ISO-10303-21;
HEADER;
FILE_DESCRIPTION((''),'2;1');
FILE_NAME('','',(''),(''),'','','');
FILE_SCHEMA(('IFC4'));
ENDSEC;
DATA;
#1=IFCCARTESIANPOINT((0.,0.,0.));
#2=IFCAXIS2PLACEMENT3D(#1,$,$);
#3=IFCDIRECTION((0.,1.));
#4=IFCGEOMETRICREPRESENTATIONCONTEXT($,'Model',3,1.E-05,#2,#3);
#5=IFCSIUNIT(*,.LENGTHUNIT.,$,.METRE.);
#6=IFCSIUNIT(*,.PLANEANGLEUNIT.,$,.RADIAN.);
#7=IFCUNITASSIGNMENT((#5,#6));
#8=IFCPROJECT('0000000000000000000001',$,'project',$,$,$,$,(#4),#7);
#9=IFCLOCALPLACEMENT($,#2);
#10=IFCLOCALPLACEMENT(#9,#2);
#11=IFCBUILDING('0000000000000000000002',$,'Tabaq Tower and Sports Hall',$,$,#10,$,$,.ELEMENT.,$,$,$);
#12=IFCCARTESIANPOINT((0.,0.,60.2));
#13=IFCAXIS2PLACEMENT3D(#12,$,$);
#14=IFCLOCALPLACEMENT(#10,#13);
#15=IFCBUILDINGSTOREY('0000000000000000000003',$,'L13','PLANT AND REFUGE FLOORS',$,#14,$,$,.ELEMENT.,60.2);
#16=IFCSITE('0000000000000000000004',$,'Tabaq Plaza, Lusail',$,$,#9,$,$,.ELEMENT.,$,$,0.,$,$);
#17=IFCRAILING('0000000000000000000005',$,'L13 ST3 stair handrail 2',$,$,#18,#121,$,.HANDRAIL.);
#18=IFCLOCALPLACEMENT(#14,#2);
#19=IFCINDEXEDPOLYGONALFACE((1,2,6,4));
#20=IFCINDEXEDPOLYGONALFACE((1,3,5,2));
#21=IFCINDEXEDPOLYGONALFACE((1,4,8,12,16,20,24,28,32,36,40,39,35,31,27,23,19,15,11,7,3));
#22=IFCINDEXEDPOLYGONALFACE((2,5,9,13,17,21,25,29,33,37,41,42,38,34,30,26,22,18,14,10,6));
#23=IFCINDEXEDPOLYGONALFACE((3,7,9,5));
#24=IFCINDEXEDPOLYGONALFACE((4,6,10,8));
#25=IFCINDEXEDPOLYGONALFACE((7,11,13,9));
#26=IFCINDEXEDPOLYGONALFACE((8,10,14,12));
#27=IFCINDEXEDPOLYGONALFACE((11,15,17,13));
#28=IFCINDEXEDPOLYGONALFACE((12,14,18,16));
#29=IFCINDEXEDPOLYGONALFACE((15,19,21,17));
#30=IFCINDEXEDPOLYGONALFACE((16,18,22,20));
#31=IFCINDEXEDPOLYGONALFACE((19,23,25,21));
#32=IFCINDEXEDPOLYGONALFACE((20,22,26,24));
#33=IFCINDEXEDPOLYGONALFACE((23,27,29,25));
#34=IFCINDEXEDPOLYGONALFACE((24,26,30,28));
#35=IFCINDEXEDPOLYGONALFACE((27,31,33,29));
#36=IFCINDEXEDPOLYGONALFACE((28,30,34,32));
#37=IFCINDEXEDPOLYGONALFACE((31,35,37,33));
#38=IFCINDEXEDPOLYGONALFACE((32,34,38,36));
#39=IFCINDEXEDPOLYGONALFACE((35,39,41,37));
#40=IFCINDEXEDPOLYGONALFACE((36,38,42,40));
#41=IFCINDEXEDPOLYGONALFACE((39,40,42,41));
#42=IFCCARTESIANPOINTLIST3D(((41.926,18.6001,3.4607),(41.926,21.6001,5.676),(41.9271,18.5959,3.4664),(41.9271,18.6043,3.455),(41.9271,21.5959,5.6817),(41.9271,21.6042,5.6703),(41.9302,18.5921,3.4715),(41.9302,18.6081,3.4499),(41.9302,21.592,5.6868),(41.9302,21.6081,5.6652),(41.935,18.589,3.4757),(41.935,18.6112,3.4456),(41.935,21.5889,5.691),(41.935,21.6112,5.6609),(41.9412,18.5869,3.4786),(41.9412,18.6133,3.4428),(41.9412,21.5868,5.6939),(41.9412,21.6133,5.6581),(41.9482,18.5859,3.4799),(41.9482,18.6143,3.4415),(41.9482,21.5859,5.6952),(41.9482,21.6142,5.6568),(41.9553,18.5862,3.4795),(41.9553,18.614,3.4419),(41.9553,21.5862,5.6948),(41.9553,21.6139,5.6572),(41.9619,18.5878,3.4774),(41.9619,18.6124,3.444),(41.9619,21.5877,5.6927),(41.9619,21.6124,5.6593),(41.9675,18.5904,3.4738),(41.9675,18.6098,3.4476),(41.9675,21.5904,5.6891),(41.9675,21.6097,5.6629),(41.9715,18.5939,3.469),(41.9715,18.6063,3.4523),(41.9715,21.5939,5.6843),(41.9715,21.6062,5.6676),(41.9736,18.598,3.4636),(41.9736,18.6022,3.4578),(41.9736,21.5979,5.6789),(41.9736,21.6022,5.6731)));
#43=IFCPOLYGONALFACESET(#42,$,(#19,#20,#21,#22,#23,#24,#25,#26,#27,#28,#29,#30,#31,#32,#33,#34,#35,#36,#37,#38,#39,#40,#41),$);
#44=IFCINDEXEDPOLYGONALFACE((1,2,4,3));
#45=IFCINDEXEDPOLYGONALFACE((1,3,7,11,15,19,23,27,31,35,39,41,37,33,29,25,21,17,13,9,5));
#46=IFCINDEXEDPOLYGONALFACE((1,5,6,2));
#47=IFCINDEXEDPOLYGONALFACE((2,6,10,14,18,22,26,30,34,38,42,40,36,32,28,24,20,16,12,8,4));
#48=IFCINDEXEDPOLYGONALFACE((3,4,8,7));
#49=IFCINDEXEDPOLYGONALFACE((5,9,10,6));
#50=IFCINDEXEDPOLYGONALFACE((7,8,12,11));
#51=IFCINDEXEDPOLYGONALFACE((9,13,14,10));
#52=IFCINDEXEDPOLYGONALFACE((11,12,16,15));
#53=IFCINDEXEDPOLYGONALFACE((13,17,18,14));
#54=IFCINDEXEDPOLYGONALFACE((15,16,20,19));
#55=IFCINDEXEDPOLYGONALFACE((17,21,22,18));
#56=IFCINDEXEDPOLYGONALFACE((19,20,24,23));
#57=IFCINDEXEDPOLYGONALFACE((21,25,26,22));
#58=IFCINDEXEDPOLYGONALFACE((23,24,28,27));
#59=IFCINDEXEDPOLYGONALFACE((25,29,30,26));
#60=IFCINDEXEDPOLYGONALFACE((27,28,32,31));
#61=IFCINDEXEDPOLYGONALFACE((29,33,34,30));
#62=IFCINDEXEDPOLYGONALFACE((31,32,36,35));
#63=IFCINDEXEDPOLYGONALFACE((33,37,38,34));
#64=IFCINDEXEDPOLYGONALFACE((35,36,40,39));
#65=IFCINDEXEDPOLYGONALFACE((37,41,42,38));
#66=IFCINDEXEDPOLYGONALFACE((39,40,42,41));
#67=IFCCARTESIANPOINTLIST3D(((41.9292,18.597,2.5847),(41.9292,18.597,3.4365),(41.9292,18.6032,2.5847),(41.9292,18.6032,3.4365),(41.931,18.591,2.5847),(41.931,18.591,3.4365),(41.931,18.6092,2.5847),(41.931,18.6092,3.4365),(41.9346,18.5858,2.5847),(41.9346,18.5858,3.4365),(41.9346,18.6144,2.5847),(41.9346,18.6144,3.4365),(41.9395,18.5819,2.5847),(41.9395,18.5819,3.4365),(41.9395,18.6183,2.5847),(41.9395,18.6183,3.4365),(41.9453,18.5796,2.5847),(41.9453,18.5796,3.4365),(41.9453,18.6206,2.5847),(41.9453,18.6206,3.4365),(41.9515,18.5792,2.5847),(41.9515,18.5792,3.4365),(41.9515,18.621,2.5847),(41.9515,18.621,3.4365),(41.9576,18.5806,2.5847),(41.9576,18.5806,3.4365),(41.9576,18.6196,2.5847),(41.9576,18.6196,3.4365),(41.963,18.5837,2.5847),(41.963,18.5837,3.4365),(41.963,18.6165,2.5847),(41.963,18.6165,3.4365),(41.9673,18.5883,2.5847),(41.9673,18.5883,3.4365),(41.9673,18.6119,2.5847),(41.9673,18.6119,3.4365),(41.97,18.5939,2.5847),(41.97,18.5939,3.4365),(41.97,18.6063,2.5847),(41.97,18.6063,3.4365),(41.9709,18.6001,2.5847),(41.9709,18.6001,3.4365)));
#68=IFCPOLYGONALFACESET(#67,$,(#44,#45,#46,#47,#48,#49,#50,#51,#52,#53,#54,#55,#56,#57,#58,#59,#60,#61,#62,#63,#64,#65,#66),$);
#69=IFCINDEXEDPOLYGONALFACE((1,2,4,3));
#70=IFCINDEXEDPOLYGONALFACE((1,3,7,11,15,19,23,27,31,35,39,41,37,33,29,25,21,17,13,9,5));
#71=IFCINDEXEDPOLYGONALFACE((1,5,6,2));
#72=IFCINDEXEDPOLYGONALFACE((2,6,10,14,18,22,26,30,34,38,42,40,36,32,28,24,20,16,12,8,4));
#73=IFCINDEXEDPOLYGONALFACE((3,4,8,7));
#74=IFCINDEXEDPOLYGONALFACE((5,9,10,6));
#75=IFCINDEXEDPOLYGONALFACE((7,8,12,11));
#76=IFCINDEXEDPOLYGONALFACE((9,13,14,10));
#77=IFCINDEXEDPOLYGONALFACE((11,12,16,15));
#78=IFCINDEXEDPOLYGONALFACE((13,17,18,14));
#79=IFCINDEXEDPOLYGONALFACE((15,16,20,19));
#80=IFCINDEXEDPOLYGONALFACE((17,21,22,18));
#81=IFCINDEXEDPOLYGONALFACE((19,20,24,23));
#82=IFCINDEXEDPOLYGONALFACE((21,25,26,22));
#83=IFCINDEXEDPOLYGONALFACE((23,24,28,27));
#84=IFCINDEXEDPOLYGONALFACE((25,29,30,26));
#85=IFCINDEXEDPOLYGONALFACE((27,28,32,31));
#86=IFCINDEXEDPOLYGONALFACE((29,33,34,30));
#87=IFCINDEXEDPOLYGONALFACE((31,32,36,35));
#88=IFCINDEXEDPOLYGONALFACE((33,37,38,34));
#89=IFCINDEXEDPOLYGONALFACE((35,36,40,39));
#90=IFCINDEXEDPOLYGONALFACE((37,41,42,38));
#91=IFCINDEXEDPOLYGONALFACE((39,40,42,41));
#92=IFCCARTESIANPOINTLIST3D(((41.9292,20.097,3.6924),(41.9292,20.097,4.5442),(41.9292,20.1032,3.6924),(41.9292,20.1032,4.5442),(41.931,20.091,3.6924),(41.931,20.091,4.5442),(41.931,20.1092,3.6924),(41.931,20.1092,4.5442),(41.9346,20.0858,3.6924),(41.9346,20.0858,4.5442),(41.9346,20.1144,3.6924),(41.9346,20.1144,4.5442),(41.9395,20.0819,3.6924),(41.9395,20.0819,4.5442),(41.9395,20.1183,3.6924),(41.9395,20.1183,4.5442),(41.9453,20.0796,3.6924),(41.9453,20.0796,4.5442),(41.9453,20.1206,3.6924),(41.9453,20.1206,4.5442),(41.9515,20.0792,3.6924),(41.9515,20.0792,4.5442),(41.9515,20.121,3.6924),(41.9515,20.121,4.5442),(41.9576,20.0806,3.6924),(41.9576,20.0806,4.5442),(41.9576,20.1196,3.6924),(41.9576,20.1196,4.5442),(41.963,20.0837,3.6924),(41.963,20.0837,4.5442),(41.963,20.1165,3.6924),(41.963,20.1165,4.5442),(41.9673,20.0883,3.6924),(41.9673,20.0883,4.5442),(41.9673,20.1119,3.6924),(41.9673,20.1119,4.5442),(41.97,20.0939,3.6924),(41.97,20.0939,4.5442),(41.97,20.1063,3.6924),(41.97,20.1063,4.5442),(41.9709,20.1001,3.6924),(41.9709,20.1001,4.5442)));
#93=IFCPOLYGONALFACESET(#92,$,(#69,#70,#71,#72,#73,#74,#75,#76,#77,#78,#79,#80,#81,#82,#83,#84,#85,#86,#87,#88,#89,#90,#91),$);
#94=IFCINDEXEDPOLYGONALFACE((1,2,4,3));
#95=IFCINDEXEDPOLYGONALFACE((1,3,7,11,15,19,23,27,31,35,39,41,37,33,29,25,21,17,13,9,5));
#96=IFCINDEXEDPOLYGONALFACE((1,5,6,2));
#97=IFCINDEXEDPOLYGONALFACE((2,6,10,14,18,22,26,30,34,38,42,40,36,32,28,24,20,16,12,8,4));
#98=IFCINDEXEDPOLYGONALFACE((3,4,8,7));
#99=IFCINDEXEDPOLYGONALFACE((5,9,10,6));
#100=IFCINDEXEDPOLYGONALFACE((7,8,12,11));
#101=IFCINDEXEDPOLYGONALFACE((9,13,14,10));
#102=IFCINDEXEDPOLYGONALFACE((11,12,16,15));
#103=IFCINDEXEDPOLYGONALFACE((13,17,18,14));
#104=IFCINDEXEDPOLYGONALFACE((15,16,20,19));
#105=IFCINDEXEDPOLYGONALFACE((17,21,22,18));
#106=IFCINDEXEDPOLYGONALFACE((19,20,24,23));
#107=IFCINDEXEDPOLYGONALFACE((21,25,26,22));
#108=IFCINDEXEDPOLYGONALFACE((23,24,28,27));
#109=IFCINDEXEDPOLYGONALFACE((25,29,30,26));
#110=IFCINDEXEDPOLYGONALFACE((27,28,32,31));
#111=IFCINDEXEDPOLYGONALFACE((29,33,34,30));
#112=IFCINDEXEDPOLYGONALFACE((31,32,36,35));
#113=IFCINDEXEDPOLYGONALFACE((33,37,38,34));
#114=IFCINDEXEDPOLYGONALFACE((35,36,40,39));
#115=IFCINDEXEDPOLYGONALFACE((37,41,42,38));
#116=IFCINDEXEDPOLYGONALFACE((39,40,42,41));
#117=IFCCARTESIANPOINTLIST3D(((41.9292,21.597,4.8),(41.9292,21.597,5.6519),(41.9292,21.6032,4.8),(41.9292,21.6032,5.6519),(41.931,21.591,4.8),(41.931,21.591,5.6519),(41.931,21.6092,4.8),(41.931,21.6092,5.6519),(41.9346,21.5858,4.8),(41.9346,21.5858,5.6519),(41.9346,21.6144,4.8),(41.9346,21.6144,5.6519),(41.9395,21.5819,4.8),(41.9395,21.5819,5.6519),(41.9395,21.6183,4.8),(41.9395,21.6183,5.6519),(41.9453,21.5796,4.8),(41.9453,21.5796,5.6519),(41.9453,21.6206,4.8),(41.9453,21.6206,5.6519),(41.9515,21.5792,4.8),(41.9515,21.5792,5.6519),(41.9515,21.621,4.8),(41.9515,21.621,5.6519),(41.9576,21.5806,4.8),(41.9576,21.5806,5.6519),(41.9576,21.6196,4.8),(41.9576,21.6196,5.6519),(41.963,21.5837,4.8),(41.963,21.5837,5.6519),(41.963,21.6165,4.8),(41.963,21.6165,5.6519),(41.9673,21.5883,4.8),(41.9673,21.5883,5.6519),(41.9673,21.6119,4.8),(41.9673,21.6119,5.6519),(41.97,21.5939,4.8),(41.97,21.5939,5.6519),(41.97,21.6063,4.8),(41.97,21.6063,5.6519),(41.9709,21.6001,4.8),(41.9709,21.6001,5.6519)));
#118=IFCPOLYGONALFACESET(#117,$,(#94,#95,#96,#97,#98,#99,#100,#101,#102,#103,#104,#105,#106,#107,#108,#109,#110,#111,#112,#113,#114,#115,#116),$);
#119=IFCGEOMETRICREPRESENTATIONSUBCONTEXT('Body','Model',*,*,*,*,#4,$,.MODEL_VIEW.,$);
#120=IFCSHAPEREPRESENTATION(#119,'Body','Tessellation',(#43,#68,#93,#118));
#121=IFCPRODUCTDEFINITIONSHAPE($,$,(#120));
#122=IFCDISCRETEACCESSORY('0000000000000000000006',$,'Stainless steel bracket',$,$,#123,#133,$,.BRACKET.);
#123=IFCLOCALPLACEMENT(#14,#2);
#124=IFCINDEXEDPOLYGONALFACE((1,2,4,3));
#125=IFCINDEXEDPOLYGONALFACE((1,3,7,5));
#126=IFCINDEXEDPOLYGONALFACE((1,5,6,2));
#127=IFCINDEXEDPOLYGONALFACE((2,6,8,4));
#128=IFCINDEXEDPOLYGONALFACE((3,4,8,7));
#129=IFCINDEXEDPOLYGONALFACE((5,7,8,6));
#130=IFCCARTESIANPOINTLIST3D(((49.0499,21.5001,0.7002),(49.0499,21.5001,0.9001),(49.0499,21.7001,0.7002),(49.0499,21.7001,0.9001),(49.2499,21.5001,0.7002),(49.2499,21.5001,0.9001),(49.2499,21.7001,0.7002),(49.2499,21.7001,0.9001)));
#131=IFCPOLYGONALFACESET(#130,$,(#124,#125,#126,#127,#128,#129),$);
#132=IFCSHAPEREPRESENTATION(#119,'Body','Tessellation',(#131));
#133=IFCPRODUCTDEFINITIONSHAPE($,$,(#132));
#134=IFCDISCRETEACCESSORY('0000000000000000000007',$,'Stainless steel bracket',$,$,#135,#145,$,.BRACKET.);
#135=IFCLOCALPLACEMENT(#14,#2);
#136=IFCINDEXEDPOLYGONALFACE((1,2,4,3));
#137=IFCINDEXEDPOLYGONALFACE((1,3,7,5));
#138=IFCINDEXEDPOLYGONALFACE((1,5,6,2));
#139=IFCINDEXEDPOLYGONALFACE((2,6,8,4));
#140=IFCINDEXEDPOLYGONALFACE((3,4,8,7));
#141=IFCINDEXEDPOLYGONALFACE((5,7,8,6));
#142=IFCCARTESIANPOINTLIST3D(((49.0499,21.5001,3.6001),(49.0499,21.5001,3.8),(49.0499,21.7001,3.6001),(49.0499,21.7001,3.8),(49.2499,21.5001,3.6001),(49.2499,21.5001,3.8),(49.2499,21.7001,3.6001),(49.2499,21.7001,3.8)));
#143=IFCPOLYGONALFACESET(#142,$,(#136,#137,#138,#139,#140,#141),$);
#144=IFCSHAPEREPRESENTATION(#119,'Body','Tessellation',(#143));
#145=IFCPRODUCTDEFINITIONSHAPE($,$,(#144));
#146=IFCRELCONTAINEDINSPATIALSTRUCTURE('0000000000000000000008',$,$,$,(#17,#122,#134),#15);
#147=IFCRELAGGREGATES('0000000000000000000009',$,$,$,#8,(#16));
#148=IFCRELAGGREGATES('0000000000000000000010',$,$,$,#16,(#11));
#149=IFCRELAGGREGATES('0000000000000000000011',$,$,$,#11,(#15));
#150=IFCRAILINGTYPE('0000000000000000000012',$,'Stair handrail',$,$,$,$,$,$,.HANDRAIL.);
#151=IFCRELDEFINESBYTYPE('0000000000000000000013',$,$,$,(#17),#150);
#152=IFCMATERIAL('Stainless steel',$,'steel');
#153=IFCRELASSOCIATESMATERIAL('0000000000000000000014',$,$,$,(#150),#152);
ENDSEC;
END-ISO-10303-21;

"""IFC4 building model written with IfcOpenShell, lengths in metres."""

from ifc_helpers import new_model, si_unit, direction, frame, origin, origin_2d, place, context, subcontext, project, spatial, rectangle, circle, extrude, material, type_object, element, save


model = new_model("IFC4")

# Units and contexts
model_context = context("Model", 3, precision=1e-05, world=origin(), true_north=direction((0.0, 1.0)))
body_context = subcontext(model_context, "Body", "Model", "MODEL_VIEW")
ifc_project = project(units=[si_unit("LENGTHUNIT", "METRE"), si_unit("PLANEANGLEUNIT", "RADIAN")], contexts=[model_context])

# Site, building, storey
site_placement = place(None, origin())
site = spatial("IfcSite", under=ifc_project, at=site_placement, Name="Tabaq Plaza, Lusail", CompositionType="ELEMENT", RefElevation=0.0)
building_placement = place(site_placement, origin())
building = spatial("IfcBuilding", under=site, at=building_placement, Name="Tabaq Tower and Sports Hall", CompositionType="ELEMENT")
storey_placement = place(building_placement, frame((0.0, 0.0, 60.2)))
storey = spatial("IfcBuildingStorey", under=building, at=storey_placement, Name="L13", Description="PLANT AND REFUGE FLOORS", CompositionType="ELEMENT", Elevation=60.2)

# Railing
ifc_material_1 = material(Name="Stainless steel", Category="steel")
railing_type_1 = type_object("IfcRailingType", Name="Stair handrail", PredefinedType="HANDRAIL", material=ifc_material_1)
railing_1_placement = place(storey_placement, frame((41.95, 18.6001, 2.5847)))
element("IfcRailing", 1, at=railing_1_placement, inside=storey, type_object=railing_type_1, Name="L13 ST3 stair handrail 2", PredefinedType="HANDRAIL", context=body_context, shape_type="SweptSolid", body=[
    extrude(circle(Radius=0.0239, at=origin_2d()), frame((0.0, 0.0, 0.876), z_axis=(0.0, 0.80444, 0.594034), x_axis=(-1.0, 0.0, 0.0)), (0.0, 0.0, 1.0), 3.7292),
    extrude(circle(Radius=0.021, at=origin_2d()), origin(), (0.0, 0.0, 1.0), 0.8518),
    extrude(circle(Radius=0.021, at=origin_2d()), frame((0.0, 1.5, 1.1077)), (0.0, 0.0, 1.0), 0.8518),
    extrude(circle(Radius=0.021, at=origin_2d()), frame((0.0, 3.0, 2.2153)), (0.0, 0.0, 1.0), 0.8518),
])

# Discrete accessories
for number, where, z_axis, x_axis, name in (
    (2, (49.1499, 21.6001, 0.7002), (0.0, 0.0, 1.0), (-1.0, 0.0, 0.0), "Stainless steel bracket"),
    (3, (49.1499, 21.6001, 3.6001), (0.0, 0.0, 1.0), (-1.0, 0.0, 0.0), "Stainless steel bracket"),
):
    element("IfcDiscreteAccessory", number, at=place(storey_placement, frame(where, z_axis=z_axis, x_axis=x_axis)), inside=storey, Name=name, PredefinedType="BRACKET", context=body_context, shape_type="SweptSolid", body=[
        extrude(rectangle(XDim=0.2, YDim=0.2, at=origin_2d()), origin(), (0.0, 0.0, 1.0), 0.2),
    ])

save(model, "model.ifc")
